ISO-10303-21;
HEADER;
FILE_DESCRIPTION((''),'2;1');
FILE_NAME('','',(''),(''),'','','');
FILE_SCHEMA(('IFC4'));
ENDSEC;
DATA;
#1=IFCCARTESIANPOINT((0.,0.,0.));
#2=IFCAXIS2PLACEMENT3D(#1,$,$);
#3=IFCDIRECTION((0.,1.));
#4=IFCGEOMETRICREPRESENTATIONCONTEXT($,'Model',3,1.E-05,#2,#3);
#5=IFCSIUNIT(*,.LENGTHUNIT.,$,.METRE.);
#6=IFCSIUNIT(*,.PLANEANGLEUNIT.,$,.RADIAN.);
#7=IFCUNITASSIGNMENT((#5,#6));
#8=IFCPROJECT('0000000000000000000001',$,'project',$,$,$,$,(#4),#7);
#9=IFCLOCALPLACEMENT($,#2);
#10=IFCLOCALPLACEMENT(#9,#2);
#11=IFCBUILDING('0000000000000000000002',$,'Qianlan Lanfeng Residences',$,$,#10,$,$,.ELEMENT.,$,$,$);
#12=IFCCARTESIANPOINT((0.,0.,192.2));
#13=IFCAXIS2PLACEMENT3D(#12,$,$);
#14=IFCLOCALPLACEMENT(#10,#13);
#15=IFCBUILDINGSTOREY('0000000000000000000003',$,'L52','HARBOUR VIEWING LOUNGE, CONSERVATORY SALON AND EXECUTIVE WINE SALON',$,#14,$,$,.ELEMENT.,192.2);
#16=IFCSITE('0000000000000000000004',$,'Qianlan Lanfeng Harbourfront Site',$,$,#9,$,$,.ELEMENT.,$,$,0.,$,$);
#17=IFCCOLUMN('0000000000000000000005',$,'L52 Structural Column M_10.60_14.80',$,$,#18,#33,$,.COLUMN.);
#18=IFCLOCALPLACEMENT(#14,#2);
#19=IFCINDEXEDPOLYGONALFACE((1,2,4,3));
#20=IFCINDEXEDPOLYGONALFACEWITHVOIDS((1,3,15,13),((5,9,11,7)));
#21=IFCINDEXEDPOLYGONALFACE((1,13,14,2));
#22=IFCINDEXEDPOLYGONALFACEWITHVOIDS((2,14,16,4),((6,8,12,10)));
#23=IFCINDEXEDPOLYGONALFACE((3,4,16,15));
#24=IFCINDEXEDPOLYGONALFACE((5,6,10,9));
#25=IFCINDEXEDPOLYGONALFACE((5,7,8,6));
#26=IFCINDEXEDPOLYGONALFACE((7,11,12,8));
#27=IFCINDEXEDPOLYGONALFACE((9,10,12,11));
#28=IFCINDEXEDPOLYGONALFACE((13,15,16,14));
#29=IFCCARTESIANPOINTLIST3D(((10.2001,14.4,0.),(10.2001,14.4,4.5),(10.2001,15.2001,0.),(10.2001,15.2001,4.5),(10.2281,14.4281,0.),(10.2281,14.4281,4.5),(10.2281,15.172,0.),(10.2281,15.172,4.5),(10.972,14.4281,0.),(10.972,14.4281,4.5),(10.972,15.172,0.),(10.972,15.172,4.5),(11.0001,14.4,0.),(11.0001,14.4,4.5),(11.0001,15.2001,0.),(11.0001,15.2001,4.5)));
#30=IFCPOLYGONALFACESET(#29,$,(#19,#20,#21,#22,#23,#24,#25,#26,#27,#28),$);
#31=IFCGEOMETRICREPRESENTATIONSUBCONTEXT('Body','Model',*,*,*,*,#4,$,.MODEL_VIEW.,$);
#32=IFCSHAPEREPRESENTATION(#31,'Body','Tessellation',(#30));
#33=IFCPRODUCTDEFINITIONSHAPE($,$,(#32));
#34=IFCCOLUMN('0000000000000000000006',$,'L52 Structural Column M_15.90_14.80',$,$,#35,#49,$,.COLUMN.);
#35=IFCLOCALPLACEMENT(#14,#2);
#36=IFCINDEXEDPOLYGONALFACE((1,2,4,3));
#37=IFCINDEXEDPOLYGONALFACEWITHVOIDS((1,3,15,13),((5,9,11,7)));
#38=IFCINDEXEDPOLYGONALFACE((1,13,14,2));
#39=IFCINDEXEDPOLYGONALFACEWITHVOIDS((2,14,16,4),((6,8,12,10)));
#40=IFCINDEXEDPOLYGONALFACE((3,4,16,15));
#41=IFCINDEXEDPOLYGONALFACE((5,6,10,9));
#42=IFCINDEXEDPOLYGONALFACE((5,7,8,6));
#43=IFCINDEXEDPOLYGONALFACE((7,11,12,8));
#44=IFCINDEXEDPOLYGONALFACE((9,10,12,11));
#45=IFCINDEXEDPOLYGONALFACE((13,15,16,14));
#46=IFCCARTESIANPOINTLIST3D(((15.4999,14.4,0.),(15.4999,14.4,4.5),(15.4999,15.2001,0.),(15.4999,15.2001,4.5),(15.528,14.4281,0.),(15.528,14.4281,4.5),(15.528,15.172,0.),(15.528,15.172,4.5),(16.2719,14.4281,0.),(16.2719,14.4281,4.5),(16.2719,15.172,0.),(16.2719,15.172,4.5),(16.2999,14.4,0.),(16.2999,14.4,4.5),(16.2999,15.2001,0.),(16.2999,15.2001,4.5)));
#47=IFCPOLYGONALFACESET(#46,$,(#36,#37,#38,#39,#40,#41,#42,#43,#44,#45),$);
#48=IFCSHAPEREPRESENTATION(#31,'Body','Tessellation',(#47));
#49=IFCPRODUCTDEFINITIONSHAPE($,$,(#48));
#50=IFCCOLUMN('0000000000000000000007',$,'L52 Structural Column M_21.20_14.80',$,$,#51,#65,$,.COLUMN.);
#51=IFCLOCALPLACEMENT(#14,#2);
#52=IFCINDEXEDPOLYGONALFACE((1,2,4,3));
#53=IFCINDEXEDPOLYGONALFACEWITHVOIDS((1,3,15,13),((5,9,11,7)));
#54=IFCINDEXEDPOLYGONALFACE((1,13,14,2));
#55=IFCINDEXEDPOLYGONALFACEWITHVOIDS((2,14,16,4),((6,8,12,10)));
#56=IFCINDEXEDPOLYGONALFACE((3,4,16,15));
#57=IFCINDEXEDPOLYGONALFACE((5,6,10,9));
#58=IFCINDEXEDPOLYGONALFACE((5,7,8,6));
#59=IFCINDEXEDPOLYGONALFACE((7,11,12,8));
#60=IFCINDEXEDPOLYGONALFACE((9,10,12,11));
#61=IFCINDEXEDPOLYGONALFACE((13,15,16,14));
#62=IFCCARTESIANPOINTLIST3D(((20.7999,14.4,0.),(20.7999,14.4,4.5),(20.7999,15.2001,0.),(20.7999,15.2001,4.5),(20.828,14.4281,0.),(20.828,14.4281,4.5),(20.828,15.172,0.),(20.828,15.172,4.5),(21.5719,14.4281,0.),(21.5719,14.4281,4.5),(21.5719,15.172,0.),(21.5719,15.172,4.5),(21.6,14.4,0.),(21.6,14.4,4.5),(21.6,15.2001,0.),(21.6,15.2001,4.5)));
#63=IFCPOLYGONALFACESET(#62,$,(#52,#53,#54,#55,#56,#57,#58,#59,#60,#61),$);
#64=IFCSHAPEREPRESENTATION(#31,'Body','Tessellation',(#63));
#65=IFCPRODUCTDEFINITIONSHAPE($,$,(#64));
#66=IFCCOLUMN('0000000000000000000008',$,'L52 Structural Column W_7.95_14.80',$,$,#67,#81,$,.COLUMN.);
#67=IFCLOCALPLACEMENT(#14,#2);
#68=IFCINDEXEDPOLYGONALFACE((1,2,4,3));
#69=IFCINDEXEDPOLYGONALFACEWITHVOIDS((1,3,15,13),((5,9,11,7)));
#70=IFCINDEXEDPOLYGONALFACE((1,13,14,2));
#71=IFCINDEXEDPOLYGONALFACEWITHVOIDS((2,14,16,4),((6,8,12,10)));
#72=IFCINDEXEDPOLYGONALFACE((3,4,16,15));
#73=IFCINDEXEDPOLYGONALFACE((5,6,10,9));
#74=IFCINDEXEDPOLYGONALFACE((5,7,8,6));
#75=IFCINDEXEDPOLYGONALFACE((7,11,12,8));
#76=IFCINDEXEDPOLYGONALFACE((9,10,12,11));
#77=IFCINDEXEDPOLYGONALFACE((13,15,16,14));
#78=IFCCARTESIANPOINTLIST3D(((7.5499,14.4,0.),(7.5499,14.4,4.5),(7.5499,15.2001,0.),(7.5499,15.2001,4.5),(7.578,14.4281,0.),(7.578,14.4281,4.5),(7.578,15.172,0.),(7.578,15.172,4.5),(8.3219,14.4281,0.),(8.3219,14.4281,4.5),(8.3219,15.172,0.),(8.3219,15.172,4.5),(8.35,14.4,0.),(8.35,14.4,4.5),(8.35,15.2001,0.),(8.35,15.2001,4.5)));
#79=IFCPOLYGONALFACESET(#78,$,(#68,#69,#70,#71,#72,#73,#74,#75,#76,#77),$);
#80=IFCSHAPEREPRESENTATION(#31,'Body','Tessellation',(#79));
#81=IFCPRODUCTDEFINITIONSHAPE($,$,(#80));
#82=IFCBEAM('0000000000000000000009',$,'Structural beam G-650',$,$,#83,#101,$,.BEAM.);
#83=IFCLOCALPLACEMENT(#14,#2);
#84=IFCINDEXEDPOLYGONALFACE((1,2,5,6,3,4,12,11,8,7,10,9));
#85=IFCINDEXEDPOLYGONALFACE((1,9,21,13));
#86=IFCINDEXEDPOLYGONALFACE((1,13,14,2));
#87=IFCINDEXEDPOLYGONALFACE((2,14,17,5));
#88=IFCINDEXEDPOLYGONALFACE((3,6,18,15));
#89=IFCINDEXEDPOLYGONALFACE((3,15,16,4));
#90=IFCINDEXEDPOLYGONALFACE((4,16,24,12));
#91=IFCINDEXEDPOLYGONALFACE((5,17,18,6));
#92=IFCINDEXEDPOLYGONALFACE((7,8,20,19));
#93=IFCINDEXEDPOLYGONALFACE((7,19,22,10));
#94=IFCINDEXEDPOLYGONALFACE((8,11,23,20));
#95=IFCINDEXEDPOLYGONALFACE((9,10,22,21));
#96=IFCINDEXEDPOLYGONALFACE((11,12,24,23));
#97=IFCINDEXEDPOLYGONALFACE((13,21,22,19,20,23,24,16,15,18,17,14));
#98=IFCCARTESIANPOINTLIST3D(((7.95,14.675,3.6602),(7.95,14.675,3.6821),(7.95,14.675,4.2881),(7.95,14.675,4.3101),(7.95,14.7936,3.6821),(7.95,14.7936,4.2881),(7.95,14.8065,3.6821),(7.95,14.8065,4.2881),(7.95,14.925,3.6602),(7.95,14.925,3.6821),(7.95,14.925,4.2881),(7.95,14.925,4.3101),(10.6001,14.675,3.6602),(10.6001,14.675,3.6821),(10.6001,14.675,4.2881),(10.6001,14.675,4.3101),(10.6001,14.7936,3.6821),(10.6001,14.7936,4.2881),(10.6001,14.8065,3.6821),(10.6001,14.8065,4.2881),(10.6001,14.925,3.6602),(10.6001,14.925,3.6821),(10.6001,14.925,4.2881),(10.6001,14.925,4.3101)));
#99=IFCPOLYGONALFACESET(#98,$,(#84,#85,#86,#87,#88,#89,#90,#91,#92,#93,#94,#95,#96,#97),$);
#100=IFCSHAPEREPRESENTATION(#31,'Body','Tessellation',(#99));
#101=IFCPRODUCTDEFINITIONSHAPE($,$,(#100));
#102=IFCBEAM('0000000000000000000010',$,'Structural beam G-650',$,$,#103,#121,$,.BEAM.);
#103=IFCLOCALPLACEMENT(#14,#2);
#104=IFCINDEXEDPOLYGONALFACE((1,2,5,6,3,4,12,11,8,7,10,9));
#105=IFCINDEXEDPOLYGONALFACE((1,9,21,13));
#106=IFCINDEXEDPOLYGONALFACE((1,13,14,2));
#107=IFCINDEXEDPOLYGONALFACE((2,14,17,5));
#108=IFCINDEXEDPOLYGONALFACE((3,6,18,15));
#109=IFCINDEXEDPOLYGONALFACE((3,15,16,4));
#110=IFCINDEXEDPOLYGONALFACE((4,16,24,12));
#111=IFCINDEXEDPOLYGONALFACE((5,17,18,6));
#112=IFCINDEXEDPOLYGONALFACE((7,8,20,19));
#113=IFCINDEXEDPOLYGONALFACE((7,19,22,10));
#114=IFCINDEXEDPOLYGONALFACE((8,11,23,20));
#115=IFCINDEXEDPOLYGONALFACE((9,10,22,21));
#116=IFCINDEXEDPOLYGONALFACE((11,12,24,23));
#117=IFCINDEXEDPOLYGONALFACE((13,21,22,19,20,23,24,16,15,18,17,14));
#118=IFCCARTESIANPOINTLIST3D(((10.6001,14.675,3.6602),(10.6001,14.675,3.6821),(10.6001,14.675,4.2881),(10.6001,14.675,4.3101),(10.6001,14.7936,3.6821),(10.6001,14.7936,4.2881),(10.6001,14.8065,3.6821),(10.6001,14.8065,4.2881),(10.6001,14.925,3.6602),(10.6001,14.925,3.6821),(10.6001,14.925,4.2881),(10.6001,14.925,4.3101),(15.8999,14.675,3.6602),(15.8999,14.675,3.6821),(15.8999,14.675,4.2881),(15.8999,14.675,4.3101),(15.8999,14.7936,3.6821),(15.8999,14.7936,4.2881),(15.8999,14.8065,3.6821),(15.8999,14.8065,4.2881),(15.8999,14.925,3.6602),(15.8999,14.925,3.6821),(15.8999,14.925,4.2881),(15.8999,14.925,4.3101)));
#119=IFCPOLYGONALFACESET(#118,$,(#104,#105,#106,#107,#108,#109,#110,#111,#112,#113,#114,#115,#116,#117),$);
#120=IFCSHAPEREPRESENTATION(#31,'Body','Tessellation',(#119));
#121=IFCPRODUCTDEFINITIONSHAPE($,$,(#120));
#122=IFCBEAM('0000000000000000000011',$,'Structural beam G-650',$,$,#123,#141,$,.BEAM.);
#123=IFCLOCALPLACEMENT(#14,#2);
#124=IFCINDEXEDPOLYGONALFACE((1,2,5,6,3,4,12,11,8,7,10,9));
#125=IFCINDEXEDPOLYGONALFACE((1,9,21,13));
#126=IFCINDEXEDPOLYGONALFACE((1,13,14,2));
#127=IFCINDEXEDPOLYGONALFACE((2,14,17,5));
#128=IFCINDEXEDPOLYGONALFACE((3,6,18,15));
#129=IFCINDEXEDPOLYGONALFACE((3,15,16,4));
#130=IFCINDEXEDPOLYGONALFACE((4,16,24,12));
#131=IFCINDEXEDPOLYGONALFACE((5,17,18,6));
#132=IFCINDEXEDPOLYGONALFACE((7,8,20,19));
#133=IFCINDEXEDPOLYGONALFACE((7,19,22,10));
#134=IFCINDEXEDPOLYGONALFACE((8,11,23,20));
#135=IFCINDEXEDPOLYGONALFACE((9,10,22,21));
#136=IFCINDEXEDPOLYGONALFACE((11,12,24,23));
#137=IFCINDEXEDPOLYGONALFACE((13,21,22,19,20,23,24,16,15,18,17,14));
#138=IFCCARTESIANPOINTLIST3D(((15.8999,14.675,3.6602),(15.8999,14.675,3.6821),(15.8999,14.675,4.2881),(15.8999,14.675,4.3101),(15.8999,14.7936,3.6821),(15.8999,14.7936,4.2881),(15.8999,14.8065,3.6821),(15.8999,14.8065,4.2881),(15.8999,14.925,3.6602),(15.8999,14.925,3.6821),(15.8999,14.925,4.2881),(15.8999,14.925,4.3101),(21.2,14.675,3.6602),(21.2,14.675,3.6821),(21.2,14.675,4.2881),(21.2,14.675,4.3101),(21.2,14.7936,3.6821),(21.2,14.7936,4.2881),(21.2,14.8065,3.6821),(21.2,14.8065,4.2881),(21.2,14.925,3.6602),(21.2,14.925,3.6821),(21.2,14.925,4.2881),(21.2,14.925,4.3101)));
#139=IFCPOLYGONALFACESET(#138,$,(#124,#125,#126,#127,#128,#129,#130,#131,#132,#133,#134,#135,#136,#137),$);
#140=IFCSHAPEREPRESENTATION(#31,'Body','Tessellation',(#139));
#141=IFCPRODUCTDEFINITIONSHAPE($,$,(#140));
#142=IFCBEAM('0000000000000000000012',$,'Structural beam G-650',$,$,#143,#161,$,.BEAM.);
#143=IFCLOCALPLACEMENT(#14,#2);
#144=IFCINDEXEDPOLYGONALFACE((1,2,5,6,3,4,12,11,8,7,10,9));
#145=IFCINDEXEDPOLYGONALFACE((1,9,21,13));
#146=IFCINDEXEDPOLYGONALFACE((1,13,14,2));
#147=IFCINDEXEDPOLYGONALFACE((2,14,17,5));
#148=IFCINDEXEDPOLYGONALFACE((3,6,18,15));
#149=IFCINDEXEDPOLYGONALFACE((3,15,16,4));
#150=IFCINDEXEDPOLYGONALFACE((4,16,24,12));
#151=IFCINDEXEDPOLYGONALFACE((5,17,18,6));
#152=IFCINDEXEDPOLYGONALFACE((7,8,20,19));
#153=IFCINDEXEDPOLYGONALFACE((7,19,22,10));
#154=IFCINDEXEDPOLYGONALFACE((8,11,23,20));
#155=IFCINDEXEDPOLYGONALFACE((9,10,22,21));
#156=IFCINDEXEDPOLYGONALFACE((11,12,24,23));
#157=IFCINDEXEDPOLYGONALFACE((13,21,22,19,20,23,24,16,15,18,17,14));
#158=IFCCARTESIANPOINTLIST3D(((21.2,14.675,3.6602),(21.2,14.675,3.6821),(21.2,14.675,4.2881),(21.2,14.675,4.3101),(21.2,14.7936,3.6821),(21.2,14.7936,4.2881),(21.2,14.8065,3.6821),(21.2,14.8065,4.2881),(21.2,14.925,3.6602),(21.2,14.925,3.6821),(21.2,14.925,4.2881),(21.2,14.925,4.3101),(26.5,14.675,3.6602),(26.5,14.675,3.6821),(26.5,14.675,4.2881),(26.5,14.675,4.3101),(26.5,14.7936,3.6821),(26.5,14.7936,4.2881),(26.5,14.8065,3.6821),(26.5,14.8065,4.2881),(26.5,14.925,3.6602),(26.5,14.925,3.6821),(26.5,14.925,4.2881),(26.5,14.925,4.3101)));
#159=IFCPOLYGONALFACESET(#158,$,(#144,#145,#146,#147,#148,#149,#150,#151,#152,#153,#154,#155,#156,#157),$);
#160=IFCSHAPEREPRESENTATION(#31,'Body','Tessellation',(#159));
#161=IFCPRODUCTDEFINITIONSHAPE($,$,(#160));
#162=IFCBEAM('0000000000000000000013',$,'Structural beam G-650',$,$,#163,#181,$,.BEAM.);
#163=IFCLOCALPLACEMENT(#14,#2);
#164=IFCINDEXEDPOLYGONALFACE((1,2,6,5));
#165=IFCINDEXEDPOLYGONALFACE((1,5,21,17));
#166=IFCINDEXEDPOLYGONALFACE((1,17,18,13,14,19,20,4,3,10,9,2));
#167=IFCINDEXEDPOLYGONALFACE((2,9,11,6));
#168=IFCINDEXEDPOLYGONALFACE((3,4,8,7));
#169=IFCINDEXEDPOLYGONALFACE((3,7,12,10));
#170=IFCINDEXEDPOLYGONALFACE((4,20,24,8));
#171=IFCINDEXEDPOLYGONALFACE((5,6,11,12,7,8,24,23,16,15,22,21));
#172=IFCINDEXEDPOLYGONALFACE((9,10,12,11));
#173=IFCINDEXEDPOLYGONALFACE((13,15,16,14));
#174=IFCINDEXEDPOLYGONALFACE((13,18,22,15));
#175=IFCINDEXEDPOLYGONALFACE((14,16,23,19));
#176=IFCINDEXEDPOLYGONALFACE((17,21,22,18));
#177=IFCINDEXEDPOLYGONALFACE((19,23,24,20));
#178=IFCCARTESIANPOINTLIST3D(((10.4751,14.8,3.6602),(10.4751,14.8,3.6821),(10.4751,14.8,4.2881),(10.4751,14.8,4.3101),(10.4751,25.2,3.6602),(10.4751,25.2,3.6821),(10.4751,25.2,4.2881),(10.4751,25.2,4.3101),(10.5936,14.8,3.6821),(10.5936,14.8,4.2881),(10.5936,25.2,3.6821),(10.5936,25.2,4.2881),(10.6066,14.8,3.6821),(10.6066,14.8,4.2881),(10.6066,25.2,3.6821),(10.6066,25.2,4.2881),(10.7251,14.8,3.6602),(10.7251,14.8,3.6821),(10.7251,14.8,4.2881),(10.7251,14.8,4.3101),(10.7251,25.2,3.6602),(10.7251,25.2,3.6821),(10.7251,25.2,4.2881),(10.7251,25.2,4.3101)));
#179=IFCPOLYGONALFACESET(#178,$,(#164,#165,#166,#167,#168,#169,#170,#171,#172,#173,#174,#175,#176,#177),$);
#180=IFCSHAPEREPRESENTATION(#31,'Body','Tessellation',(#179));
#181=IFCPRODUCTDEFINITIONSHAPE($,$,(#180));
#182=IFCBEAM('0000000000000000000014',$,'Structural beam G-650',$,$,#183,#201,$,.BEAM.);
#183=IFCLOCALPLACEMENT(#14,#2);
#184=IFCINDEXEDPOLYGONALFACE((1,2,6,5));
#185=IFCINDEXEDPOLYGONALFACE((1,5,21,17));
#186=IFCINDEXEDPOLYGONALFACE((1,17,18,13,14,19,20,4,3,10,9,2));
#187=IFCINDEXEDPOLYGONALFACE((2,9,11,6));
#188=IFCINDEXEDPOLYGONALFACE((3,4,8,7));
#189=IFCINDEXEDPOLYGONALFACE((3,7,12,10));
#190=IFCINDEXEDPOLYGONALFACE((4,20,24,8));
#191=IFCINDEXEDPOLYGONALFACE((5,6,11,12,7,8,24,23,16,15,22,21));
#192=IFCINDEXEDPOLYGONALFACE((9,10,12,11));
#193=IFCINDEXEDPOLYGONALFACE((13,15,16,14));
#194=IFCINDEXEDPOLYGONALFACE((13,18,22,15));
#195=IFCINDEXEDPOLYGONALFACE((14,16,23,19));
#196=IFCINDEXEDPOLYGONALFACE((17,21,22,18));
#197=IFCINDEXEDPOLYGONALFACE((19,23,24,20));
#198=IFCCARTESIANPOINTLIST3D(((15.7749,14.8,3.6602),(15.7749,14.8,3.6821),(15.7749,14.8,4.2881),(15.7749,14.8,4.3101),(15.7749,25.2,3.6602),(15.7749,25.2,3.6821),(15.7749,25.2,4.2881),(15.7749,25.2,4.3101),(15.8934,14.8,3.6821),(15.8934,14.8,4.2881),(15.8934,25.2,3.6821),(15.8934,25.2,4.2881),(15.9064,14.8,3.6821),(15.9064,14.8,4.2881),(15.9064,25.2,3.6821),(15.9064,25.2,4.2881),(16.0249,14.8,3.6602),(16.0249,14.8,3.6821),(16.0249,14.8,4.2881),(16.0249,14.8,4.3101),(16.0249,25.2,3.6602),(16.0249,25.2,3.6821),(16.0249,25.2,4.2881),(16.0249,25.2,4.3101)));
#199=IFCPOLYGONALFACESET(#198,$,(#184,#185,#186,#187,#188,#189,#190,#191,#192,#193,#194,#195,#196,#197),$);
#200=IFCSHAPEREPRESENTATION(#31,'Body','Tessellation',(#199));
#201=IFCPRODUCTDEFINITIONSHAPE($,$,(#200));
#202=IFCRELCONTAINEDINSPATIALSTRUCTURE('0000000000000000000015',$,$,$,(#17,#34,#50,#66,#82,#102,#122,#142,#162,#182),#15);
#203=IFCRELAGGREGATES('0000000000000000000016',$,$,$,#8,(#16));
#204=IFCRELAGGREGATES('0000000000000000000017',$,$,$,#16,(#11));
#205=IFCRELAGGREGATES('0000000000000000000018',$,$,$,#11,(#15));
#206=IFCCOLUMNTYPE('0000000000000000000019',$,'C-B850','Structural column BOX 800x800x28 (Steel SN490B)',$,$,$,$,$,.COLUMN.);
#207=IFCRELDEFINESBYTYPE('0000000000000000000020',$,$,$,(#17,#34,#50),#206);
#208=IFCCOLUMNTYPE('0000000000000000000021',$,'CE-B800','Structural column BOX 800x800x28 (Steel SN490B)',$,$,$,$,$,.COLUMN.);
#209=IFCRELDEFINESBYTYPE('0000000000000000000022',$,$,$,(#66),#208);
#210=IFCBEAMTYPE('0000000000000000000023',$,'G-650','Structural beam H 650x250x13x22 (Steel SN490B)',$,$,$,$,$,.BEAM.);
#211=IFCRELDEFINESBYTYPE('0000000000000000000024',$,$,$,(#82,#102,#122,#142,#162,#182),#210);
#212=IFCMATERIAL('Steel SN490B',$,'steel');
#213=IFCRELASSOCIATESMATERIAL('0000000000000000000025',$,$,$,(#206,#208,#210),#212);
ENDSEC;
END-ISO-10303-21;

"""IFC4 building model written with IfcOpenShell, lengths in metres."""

from ifc_helpers import new_model, si_unit, direction, frame, origin, origin_2d, place, context, subcontext, project, spatial, hollow_rectangle, i_section, extrude, material, material_profile, profile_set, type_object, element, save


model = new_model("IFC4")

# Units and contexts
model_context = context("Model", 3, precision=1e-05, world=origin(), true_north=direction((0.0, 1.0)))
body_context = subcontext(model_context, "Body", "Model", "MODEL_VIEW")
ifc_project = project(units=[si_unit("LENGTHUNIT", "METRE"), si_unit("PLANEANGLEUNIT", "RADIAN")], contexts=[model_context])

# Site, building, storey
site_placement = place(None, origin())
site = spatial("IfcSite", under=ifc_project, at=site_placement, Name="Qianlan Lanfeng Harbourfront Site", CompositionType="ELEMENT", RefElevation=0.0)
building_placement = place(site_placement, origin())
building = spatial("IfcBuilding", under=site, at=building_placement, Name="Qianlan Lanfeng Residences", CompositionType="ELEMENT")
storey_placement = place(building_placement, frame((0.0, 0.0, 192.2)))
storey = spatial("IfcBuildingStorey", under=building, at=storey_placement, Name="L52", Description="HARBOUR VIEWING LOUNGE, CONSERVATORY SALON AND EXECUTIVE WINE SALON", CompositionType="ELEMENT", Elevation=192.2)

# Columns
ifc_material = material(Name="Steel SN490B", Category="steel")
ifc_material_profile_1 = material_profile(ifc_material, hollow_rectangle(XDim=0.8, YDim=0.8, WallThickness=0.0281, at=origin_2d()), Name="BOX 800x800x28")
ifc_profile_set_1 = profile_set([ifc_material_profile_1], Name="Steel SN490B")
column_type_1 = type_object("IfcColumnType", Name="C-B850", Description="Structural column BOX 800x800x28 (Steel SN490B)", PredefinedType="COLUMN", material=ifc_profile_set_1)
for number, where, z_axis, x_axis, name in (
    (1, (10.6001, 14.8, 0.0), (0.0, 0.0, 1.0), (1.0, 0.0, 0.0), "L52 Structural Column M_10.60_14.80"),
    (2, (15.8999, 14.8, 0.0), (0.0, 0.0, 1.0), (1.0, 0.0, 0.0), "L52 Structural Column M_15.90_14.80"),
    (3, (21.2, 14.8, 0.0), (0.0, 0.0, 1.0), (1.0, 0.0, 0.0), "L52 Structural Column M_21.20_14.80"),
):
    element("IfcColumn", number, at=place(storey_placement, frame(where, z_axis=z_axis, x_axis=x_axis)), inside=storey, type_object=column_type_1, Name=name, PredefinedType="COLUMN", context=body_context, shape_type="SweptSolid", body=[
        extrude(hollow_rectangle(XDim=0.8, YDim=0.8, WallThickness=0.0281, at=origin_2d()), origin(), (0.0, 0.0, 1.0), 4.5),
    ])
ifc_material_profile_2 = material_profile(ifc_material, hollow_rectangle(XDim=0.8, YDim=0.8, WallThickness=0.0281, at=origin_2d()), Name="BOX 800x800x28")
ifc_profile_set_2 = profile_set([ifc_material_profile_2], Name="Steel SN490B")
column_type_2 = type_object("IfcColumnType", Name="CE-B800", Description="Structural column BOX 800x800x28 (Steel SN490B)", PredefinedType="COLUMN", material=ifc_profile_set_2)
column_placement = place(storey_placement, frame((7.95, 14.8, 0.0), z_axis=(0.0, 0.0, 1.0), x_axis=(1.0, 0.0, 0.0)))
element("IfcColumn", 4, at=column_placement, inside=storey, type_object=column_type_2, Name="L52 Structural Column W_7.95_14.80", PredefinedType="COLUMN", context=body_context, shape_type="SweptSolid", body=[
    extrude(hollow_rectangle(XDim=0.8, YDim=0.8, WallThickness=0.0281, at=origin_2d()), origin(), (0.0, 0.0, 1.0), 4.5),
])

# Beams
ifc_material_profile_3 = material_profile(ifc_material, i_section(OverallWidth=0.25, OverallDepth=0.6499, WebThickness=0.0129, FlangeThickness=0.022, at=origin_2d()), Name="H 650x250x13x22")
ifc_profile_set_3 = profile_set([ifc_material_profile_3], Name="Steel SN490B")
beam_type_1 = type_object("IfcBeamType", Name="G-650", Description="Structural beam H 650x250x13x22 (Steel SN490B)", PredefinedType="BEAM", material=ifc_profile_set_3)
beam_1_placement = place(storey_placement, frame((7.95, 14.8, 3.9851), z_axis=(1.0, 0.0, 0.0), x_axis=(0.0, 1.0, 0.0)))
element("IfcBeam", 5, at=beam_1_placement, inside=storey, type_object=beam_type_1, Name="Structural beam G-650", PredefinedType="BEAM", context=body_context, shape_type="SweptSolid", body=[
    extrude(i_section(OverallWidth=0.25, OverallDepth=0.6499, WebThickness=0.0129, FlangeThickness=0.022, at=origin_2d()), origin(), (0.0, 0.0, 1.0), 2.6501),
])
beam_2_placement = place(storey_placement, frame((10.6001, 14.8, 3.9851), z_axis=(1.0, 0.0, 0.0), x_axis=(0.0, 1.0, 0.0)))
element("IfcBeam", 6, at=beam_2_placement, inside=storey, type_object=beam_type_1, Name="Structural beam G-650", PredefinedType="BEAM", context=body_context, shape_type="SweptSolid", body=[
    extrude(i_section(OverallWidth=0.25, OverallDepth=0.6499, WebThickness=0.0129, FlangeThickness=0.022, at=origin_2d()), origin(), (0.0, 0.0, 1.0), 5.2998),
])
for number, where, z_axis, x_axis, name in (
    (7, (15.8999, 14.8, 3.9851), (1.0, 0.0, 0.0), (0.0, 1.0, 0.0), "Structural beam G-650"),
    (8, (21.2, 14.8, 3.9851), (1.0, 0.0, 0.0), (0.0, 1.0, 0.0), "Structural beam G-650"),
):
    element("IfcBeam", number, at=place(storey_placement, frame(where, z_axis=z_axis, x_axis=x_axis)), inside=storey, type_object=beam_type_1, Name=name, PredefinedType="BEAM", context=body_context, shape_type="SweptSolid", body=[
        extrude(i_section(OverallWidth=0.25, OverallDepth=0.6499, WebThickness=0.0129, FlangeThickness=0.022, at=origin_2d()), origin(), (0.0, 0.0, 1.0), 5.3),
    ])
for number, where, z_axis, x_axis, name in (
    (9, (10.6001, 14.8, 3.9851), (0.0, 1.0, 0.0), (-1.0, 0.0, 0.0), "Structural beam G-650"),
    (10, (15.8999, 14.8, 3.9851), (0.0, 1.0, 0.0), (-1.0, 0.0, 0.0), "Structural beam G-650"),
):
    element("IfcBeam", number, at=place(storey_placement, frame(where, z_axis=z_axis, x_axis=x_axis)), inside=storey, type_object=beam_type_1, Name=name, PredefinedType="BEAM", context=body_context, shape_type="SweptSolid", body=[
        extrude(i_section(OverallWidth=0.25, OverallDepth=0.6499, WebThickness=0.0129, FlangeThickness=0.022, at=origin_2d()), origin(), (0.0, 0.0, 1.0), 10.3999),
    ])

save(model, "model.ifc")
